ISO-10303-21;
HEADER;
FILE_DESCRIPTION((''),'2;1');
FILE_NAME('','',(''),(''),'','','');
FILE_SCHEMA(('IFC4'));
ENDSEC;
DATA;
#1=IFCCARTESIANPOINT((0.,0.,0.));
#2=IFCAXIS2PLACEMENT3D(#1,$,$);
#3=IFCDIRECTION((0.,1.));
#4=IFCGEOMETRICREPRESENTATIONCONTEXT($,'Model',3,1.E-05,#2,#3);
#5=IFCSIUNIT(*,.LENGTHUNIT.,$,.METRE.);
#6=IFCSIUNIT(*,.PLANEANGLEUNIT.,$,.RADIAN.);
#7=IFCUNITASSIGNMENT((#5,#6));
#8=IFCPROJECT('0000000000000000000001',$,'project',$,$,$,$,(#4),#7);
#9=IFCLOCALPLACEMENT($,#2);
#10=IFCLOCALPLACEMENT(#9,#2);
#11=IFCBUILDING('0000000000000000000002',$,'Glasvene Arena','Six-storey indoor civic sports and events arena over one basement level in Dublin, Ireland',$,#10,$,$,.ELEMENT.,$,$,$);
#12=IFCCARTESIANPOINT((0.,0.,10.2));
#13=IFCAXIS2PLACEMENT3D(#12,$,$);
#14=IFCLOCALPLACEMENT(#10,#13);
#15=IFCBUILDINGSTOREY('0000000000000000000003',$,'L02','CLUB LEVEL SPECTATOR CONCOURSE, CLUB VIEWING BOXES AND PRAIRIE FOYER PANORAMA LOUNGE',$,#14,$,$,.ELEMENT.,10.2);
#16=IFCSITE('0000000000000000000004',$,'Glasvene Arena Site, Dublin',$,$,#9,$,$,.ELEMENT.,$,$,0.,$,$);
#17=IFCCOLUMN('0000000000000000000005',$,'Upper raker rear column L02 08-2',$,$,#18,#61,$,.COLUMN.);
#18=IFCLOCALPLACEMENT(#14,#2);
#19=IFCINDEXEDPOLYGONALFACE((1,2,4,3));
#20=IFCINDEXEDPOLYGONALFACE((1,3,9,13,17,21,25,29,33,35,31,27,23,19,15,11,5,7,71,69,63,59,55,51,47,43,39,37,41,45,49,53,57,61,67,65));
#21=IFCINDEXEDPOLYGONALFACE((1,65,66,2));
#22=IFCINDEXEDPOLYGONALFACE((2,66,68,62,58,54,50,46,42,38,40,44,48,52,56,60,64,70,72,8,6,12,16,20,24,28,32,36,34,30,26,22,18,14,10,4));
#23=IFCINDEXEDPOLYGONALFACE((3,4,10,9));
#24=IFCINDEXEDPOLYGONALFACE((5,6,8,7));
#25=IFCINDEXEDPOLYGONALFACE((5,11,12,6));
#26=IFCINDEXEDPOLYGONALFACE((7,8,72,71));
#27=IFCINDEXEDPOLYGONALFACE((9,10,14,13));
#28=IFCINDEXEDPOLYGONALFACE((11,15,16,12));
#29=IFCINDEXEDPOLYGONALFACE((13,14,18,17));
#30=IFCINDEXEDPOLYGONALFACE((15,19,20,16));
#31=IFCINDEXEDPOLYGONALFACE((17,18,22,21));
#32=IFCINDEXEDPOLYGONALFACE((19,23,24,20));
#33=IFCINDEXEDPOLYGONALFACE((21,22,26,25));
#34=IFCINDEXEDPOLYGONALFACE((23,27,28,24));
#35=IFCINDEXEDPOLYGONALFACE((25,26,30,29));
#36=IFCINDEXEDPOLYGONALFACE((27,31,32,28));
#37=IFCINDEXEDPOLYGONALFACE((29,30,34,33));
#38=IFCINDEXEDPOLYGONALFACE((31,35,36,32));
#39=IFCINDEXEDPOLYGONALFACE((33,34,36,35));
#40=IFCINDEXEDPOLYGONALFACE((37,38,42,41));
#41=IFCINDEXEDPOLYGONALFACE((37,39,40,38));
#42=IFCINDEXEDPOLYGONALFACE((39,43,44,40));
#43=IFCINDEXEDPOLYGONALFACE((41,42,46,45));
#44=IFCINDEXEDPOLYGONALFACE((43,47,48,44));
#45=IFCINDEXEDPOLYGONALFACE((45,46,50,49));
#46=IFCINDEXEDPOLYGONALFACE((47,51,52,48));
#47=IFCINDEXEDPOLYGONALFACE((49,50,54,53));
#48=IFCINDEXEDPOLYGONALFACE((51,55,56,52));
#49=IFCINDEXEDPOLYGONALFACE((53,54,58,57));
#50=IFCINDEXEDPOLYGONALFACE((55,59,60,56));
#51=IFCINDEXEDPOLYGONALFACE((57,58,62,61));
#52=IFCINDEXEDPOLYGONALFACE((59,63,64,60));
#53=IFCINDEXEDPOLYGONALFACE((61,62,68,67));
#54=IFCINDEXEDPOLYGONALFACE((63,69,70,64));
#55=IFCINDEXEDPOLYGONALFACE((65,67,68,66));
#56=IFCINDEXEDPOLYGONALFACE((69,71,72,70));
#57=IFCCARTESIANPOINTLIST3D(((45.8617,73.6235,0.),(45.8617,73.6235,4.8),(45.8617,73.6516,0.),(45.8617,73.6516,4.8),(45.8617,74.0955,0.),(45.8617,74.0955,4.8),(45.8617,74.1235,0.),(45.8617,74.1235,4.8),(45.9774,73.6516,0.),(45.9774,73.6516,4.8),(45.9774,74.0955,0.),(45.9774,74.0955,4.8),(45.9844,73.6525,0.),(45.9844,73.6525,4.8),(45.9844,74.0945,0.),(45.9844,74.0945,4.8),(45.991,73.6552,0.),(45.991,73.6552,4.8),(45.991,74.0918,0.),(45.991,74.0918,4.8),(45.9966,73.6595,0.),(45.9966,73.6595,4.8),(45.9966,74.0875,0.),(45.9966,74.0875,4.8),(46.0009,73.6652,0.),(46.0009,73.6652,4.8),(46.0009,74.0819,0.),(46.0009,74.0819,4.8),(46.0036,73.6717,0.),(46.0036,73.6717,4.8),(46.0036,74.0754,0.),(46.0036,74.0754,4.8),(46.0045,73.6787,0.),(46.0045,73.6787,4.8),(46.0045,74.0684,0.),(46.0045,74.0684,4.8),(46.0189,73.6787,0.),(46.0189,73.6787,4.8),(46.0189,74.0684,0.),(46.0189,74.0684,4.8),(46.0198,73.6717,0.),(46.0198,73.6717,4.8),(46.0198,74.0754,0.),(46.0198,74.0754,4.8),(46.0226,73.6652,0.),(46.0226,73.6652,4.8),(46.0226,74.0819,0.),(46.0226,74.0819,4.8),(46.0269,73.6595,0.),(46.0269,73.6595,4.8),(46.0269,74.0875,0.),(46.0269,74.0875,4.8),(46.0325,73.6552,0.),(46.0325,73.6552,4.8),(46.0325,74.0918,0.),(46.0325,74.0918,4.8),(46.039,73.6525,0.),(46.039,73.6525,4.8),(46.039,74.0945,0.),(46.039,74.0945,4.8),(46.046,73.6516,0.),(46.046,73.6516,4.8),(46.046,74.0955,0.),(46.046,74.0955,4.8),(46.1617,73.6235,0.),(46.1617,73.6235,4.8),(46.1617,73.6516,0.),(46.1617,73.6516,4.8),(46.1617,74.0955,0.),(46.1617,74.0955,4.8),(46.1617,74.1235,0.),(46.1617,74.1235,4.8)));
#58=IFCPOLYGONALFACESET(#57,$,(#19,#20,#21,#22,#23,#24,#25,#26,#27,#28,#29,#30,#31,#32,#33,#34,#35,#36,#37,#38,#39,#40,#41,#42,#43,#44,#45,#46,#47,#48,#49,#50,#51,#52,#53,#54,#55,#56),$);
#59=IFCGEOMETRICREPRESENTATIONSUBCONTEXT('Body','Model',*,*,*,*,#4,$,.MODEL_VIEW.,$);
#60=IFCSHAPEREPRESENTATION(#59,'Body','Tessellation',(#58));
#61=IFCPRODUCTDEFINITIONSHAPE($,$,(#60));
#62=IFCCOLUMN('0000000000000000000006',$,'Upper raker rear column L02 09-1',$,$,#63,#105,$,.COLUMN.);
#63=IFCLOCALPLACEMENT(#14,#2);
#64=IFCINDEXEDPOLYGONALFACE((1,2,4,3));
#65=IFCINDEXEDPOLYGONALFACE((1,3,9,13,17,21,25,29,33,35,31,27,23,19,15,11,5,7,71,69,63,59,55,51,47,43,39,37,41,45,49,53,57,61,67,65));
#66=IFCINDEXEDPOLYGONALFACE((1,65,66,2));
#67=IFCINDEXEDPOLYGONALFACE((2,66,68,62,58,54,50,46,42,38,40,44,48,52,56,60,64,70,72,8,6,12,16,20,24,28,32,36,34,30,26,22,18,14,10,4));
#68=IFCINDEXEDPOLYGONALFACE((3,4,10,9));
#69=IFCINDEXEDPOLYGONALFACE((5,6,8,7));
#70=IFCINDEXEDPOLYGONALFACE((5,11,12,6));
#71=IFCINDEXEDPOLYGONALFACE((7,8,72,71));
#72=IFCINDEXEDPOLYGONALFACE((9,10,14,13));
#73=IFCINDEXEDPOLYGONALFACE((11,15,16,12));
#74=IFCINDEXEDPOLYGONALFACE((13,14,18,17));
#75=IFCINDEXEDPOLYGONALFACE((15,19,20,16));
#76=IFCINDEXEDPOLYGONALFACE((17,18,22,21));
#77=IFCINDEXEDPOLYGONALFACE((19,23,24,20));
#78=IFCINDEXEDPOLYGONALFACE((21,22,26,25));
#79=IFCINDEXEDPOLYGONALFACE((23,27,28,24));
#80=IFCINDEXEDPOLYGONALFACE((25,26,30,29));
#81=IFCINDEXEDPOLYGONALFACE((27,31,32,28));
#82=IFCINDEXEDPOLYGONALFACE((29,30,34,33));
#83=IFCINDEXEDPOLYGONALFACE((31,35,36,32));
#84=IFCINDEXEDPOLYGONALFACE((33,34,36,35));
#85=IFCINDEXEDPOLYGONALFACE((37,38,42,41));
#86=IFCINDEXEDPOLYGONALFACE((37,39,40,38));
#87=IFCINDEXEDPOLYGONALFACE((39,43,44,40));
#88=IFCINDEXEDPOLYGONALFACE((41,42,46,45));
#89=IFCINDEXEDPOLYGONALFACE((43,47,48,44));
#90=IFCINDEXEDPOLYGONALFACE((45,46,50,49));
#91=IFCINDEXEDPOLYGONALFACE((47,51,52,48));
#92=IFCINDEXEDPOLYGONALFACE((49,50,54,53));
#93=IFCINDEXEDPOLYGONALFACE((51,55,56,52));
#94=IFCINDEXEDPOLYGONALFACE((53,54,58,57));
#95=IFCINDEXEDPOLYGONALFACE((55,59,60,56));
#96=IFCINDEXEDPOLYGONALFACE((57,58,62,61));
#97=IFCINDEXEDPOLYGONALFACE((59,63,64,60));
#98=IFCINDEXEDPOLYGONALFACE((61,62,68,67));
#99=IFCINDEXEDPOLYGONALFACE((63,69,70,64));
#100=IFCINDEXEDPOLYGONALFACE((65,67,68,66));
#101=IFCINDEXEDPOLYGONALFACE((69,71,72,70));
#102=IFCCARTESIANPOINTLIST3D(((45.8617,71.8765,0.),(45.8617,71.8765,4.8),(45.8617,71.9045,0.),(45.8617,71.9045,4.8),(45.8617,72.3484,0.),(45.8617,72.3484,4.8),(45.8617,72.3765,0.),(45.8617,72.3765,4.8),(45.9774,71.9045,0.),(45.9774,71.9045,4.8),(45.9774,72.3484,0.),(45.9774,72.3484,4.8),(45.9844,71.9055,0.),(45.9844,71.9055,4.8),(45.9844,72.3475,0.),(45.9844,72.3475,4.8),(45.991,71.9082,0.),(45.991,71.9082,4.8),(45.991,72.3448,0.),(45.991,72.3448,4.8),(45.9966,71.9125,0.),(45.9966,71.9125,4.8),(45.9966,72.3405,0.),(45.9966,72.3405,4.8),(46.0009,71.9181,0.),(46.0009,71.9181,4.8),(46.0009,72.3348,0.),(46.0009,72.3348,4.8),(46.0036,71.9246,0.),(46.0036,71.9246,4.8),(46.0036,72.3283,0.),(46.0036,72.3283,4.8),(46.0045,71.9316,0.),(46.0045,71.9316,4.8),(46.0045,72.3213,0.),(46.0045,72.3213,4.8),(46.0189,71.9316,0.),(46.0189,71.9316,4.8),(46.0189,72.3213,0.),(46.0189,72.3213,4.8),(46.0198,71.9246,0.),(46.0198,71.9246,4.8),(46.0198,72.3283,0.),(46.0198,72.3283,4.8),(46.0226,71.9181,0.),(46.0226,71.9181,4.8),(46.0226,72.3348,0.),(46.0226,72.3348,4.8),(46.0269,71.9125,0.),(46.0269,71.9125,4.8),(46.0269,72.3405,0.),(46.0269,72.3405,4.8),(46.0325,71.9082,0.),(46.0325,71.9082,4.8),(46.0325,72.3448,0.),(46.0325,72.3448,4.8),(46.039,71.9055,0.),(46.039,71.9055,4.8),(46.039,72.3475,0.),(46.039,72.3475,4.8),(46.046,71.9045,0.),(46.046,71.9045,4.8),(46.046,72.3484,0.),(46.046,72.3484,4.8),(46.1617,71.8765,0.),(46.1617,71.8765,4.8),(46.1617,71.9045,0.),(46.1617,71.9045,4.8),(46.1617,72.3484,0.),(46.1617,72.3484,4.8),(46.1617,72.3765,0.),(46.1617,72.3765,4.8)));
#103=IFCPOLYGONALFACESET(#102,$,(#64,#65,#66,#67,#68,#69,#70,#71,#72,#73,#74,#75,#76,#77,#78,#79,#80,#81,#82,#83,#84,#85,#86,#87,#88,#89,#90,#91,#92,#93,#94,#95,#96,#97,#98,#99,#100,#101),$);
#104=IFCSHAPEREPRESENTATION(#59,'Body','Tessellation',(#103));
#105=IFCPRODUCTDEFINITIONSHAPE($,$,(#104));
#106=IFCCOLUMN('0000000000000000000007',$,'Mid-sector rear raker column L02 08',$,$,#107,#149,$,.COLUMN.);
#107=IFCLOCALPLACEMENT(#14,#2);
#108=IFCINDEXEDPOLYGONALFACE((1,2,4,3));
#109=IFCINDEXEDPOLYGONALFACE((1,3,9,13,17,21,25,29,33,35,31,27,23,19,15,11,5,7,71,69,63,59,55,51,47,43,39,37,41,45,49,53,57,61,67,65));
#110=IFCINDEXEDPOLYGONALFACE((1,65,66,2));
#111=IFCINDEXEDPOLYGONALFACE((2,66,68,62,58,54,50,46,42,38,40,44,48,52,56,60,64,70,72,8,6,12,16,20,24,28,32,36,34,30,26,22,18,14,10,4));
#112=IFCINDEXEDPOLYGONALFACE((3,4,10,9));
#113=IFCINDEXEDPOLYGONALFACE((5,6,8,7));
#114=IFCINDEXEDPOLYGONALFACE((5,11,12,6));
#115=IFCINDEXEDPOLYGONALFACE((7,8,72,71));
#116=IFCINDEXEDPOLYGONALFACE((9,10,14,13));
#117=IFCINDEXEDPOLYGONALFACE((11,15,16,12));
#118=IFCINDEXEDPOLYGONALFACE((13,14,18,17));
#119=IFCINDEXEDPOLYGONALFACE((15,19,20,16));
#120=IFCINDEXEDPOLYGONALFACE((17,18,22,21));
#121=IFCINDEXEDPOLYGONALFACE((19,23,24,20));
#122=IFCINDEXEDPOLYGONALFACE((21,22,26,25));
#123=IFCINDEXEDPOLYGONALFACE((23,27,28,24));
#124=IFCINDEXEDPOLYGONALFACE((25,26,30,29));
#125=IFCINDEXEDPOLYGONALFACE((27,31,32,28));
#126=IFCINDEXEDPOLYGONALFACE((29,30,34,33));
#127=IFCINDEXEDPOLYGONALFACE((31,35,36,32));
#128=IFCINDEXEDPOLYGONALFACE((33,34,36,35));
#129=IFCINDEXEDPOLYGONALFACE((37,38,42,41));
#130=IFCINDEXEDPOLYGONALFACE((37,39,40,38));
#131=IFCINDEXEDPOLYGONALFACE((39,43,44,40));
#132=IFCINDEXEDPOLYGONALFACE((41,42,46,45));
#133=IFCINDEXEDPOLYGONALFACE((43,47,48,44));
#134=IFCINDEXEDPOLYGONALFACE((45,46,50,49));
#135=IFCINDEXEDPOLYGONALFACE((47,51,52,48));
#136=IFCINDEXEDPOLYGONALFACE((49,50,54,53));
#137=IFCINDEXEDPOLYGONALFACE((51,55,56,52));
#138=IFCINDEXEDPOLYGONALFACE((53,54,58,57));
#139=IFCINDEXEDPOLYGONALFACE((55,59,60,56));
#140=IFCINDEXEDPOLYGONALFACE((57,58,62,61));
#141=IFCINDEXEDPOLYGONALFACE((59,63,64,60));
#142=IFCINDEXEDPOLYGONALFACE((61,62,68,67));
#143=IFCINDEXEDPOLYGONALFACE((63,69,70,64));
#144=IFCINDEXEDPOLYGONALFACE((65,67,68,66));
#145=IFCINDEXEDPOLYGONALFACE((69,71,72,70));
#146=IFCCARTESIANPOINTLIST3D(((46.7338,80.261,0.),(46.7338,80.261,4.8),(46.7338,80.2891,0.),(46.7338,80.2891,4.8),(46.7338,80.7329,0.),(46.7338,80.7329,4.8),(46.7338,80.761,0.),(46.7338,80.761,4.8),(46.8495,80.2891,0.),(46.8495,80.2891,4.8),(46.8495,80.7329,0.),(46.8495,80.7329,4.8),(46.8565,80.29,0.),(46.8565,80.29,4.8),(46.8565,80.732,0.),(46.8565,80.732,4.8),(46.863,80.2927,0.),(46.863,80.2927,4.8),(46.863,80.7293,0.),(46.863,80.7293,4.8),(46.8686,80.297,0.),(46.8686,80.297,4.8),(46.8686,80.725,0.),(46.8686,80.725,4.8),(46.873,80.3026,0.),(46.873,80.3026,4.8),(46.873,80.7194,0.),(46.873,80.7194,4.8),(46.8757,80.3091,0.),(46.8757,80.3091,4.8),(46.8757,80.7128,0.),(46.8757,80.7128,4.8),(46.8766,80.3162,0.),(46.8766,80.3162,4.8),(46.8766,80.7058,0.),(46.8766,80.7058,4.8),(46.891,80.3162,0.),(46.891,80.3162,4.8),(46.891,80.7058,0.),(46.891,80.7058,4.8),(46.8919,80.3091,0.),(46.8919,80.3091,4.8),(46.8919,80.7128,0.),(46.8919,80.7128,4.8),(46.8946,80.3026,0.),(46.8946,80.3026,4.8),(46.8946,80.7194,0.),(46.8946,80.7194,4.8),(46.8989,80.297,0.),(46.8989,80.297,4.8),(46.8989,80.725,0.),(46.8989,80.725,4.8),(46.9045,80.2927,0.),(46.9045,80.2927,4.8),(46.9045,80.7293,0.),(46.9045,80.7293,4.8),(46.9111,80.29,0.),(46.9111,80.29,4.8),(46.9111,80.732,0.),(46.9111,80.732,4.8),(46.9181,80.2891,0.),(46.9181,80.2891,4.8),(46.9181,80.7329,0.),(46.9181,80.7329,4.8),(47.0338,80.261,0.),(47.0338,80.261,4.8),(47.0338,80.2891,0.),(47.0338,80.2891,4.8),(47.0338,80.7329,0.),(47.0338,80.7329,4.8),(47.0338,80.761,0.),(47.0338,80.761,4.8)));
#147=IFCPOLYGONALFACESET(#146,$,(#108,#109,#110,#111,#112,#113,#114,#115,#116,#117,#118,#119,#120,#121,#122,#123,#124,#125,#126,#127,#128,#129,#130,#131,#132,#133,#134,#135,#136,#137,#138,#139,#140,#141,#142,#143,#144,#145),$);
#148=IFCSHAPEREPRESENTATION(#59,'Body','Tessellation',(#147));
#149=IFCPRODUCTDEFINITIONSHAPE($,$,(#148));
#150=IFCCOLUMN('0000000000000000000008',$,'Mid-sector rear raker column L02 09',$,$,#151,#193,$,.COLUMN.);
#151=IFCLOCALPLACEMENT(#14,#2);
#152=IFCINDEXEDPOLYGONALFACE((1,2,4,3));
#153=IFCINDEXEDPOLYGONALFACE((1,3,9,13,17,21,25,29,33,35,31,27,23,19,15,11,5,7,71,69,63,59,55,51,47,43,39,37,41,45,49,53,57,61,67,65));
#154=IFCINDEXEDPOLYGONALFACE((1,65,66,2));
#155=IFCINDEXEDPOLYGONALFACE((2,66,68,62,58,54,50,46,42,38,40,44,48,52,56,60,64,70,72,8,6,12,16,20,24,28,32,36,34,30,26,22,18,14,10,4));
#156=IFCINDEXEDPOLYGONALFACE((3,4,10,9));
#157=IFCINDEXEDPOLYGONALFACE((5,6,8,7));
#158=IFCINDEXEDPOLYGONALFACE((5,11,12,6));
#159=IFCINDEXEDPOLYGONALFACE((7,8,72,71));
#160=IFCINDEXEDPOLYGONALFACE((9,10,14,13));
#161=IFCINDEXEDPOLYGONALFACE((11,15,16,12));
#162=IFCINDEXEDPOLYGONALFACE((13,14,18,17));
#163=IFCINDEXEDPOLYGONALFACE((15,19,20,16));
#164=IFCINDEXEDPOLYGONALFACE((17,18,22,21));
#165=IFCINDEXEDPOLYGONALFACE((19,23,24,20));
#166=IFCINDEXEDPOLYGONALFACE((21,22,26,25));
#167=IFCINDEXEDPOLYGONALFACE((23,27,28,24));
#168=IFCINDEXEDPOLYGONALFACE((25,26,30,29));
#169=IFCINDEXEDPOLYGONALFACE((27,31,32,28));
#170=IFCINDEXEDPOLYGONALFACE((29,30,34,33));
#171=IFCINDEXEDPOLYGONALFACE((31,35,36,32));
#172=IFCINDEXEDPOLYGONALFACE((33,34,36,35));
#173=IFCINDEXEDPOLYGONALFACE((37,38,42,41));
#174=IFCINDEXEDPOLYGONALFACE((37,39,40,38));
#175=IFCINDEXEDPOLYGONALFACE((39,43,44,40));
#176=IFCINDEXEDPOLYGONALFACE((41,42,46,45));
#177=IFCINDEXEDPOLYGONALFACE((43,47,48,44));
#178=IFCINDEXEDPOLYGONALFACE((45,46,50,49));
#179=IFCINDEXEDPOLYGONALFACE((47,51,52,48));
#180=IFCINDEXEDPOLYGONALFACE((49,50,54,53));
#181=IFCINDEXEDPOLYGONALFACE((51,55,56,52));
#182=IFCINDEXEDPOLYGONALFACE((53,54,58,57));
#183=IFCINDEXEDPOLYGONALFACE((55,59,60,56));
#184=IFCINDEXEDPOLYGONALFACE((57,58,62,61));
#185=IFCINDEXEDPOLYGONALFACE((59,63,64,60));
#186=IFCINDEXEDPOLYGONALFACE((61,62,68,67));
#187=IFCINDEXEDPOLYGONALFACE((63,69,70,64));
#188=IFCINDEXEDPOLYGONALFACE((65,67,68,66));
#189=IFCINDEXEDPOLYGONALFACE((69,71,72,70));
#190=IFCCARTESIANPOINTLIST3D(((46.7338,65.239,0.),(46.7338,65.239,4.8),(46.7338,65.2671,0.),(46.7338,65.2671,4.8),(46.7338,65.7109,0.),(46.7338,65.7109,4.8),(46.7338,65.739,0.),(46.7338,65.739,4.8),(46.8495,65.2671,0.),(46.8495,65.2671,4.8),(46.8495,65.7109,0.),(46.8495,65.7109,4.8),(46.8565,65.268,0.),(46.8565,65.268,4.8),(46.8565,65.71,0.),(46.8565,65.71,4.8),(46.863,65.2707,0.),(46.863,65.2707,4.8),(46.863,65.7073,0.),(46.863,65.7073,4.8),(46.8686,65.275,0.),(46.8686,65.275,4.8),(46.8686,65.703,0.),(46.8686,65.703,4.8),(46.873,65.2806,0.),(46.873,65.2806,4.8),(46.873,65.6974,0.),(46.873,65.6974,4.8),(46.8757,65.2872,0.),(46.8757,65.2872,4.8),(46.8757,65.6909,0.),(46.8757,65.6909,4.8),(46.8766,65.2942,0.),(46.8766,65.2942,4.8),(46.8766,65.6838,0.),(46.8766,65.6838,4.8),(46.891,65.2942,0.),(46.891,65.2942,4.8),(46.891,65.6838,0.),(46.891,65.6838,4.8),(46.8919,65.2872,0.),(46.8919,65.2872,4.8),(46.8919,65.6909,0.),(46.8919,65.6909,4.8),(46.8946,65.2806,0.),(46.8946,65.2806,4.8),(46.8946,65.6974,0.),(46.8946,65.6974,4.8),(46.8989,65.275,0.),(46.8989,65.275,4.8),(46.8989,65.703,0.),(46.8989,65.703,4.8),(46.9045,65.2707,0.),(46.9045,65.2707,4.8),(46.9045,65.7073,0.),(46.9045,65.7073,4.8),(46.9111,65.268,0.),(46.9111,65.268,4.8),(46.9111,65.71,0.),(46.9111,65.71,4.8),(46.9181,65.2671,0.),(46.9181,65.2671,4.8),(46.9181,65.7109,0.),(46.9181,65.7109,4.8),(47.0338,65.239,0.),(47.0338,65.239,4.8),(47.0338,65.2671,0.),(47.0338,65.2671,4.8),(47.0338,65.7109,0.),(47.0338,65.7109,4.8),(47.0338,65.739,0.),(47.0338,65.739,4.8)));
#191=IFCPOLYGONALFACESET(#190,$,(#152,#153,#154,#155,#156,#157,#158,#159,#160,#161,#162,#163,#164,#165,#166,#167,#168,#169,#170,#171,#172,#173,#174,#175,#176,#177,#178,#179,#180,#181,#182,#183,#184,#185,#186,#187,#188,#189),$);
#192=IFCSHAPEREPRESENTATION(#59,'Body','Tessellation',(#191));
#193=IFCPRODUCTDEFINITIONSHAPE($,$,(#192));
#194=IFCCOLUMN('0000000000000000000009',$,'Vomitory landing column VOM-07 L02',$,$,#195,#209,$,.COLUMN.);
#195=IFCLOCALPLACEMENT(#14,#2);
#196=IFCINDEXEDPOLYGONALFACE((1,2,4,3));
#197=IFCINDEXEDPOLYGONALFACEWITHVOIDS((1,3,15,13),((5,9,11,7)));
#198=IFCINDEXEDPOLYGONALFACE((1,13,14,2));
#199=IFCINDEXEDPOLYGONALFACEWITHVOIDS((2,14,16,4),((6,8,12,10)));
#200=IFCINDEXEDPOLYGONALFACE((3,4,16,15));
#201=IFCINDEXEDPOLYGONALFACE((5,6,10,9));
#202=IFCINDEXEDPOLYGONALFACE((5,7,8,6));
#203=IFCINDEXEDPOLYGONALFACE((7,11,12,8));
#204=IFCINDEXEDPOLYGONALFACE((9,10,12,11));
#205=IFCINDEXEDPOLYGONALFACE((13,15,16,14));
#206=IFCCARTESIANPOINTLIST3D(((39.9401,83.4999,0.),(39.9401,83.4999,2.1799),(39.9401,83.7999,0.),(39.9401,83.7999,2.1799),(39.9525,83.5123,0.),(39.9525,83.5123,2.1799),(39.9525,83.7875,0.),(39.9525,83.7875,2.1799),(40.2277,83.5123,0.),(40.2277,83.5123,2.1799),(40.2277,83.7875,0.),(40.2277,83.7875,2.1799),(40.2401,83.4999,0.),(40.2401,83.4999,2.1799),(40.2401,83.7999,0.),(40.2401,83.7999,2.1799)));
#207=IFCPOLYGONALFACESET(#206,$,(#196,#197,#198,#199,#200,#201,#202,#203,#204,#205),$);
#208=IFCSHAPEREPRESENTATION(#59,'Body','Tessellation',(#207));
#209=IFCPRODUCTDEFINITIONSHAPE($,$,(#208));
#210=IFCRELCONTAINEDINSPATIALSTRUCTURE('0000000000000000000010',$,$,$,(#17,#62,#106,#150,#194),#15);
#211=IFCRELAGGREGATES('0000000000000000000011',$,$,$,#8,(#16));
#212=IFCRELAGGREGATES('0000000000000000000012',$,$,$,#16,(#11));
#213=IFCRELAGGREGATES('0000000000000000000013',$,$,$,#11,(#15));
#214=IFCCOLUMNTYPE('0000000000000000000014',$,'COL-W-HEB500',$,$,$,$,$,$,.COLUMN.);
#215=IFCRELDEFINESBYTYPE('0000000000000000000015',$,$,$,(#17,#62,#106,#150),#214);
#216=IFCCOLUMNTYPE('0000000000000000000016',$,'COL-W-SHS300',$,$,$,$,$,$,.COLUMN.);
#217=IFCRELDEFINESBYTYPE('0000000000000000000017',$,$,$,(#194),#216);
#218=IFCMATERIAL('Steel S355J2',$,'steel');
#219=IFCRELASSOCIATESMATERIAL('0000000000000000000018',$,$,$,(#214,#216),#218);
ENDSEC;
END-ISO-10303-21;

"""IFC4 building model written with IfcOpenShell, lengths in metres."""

from ifc_helpers import new_model, si_unit, direction, frame, origin, origin_2d, place, context, subcontext, project, spatial, hollow_rectangle, i_section, extrude, material, material_profile, profile_set, type_object, element, save


model = new_model("IFC4")

# Units and contexts
model_context = context("Model", 3, precision=1e-05, world=origin(), true_north=direction((0.0, 1.0)))
body_context = subcontext(model_context, "Body", "Model", "MODEL_VIEW")
ifc_project = project(units=[si_unit("LENGTHUNIT", "METRE"), si_unit("PLANEANGLEUNIT", "RADIAN")], contexts=[model_context])

# Site, building, storey
site_placement = place(None, origin())
site = spatial("IfcSite", under=ifc_project, at=site_placement, Name="Glasvene Arena Site, Dublin", CompositionType="ELEMENT", RefElevation=0.0)
building_placement = place(site_placement, origin())
building = spatial("IfcBuilding", under=site, at=building_placement, Name="Glasvene Arena", Description="Six-storey indoor civic sports and events arena over one basement level in Dublin, Ireland", CompositionType="ELEMENT")
storey_placement = place(building_placement, frame((0.0, 0.0, 10.2)))
storey = spatial("IfcBuildingStorey", under=building, at=storey_placement, Name="L02", Description="CLUB LEVEL SPECTATOR CONCOURSE, CLUB VIEWING BOXES AND PRAIRIE FOYER PANORAMA LOUNGE", CompositionType="ELEMENT", Elevation=10.2)

# Columns
ifc_material_1 = material(Name="Steel S355J2", Category="steel")
ifc_material_profile_1 = material_profile(ifc_material_1, i_section(OverallWidth=0.3, OverallDepth=0.5, WebThickness=0.0144, FlangeThickness=0.0281, FilletRadius=0.0271, at=origin_2d()), Name="HEB 500")
ifc_profile_set_1 = profile_set([ifc_material_profile_1], Name="Steel S355J2")
column_type_1 = type_object("IfcColumnType", Name="COL-W-HEB500", PredefinedType="COLUMN", material=ifc_profile_set_1)
for number, where, z_axis, x_axis, name in (
    (1, (46.0117, 73.8735, 0.0), (0.0, 0.0, 1.0), (1.0, 0.0, 0.0), "Upper raker rear column L02 08-2"),
    (2, (46.0117, 72.1265, 0.0), (0.0, 0.0, 1.0), (1.0, 0.0, 0.0), "Upper raker rear column L02 09-1"),
    (3, (46.8838, 80.511, 0.0), (0.0, 0.0, 1.0), (1.0, 0.0, 0.0), "Mid-sector rear raker column L02 08"),
    (4, (46.8838, 65.489, 0.0), (0.0, 0.0, 1.0), (1.0, 0.0, 0.0), "Mid-sector rear raker column L02 09"),
):
    element("IfcColumn", number, at=place(storey_placement, frame(where, z_axis=z_axis, x_axis=x_axis)), inside=storey, type_object=column_type_1, Name=name, PredefinedType="COLUMN", context=body_context, shape_type="SweptSolid", body=[
        extrude(i_section(OverallWidth=0.3, OverallDepth=0.5, WebThickness=0.0144, FlangeThickness=0.0281, FilletRadius=0.0271, at=origin_2d()), origin(), (0.0, 0.0, 1.0), 4.8),
    ])
ifc_material_profile_2 = material_profile(ifc_material_1, hollow_rectangle(XDim=0.3, YDim=0.3, WallThickness=0.0125, at=origin_2d()), Name="SHS 300x300x12.5")
ifc_profile_set_2 = profile_set([ifc_material_profile_2], Name="Steel S355J2")
column_type_2 = type_object("IfcColumnType", Name="COL-W-SHS300", PredefinedType="COLUMN", material=ifc_profile_set_2)
for number, where, z_axis, x_axis, name in (
    (5, (40.0901, 83.6499, 0.0), (0.0, 0.0, 1.0), (1.0, 0.0, 0.0), "Vomitory landing column VOM-07 L02"),
):
    element("IfcColumn", number, at=place(storey_placement, frame(where, z_axis=z_axis, x_axis=x_axis)), inside=storey, type_object=column_type_2, Name=name, PredefinedType="COLUMN", context=body_context, shape_type="SweptSolid", body=[
        extrude(hollow_rectangle(XDim=0.3, YDim=0.3, WallThickness=0.0125, at=origin_2d()), origin(), (0.0, 0.0, 1.0), 2.1799),
    ])

save(model, "model.ifc")
